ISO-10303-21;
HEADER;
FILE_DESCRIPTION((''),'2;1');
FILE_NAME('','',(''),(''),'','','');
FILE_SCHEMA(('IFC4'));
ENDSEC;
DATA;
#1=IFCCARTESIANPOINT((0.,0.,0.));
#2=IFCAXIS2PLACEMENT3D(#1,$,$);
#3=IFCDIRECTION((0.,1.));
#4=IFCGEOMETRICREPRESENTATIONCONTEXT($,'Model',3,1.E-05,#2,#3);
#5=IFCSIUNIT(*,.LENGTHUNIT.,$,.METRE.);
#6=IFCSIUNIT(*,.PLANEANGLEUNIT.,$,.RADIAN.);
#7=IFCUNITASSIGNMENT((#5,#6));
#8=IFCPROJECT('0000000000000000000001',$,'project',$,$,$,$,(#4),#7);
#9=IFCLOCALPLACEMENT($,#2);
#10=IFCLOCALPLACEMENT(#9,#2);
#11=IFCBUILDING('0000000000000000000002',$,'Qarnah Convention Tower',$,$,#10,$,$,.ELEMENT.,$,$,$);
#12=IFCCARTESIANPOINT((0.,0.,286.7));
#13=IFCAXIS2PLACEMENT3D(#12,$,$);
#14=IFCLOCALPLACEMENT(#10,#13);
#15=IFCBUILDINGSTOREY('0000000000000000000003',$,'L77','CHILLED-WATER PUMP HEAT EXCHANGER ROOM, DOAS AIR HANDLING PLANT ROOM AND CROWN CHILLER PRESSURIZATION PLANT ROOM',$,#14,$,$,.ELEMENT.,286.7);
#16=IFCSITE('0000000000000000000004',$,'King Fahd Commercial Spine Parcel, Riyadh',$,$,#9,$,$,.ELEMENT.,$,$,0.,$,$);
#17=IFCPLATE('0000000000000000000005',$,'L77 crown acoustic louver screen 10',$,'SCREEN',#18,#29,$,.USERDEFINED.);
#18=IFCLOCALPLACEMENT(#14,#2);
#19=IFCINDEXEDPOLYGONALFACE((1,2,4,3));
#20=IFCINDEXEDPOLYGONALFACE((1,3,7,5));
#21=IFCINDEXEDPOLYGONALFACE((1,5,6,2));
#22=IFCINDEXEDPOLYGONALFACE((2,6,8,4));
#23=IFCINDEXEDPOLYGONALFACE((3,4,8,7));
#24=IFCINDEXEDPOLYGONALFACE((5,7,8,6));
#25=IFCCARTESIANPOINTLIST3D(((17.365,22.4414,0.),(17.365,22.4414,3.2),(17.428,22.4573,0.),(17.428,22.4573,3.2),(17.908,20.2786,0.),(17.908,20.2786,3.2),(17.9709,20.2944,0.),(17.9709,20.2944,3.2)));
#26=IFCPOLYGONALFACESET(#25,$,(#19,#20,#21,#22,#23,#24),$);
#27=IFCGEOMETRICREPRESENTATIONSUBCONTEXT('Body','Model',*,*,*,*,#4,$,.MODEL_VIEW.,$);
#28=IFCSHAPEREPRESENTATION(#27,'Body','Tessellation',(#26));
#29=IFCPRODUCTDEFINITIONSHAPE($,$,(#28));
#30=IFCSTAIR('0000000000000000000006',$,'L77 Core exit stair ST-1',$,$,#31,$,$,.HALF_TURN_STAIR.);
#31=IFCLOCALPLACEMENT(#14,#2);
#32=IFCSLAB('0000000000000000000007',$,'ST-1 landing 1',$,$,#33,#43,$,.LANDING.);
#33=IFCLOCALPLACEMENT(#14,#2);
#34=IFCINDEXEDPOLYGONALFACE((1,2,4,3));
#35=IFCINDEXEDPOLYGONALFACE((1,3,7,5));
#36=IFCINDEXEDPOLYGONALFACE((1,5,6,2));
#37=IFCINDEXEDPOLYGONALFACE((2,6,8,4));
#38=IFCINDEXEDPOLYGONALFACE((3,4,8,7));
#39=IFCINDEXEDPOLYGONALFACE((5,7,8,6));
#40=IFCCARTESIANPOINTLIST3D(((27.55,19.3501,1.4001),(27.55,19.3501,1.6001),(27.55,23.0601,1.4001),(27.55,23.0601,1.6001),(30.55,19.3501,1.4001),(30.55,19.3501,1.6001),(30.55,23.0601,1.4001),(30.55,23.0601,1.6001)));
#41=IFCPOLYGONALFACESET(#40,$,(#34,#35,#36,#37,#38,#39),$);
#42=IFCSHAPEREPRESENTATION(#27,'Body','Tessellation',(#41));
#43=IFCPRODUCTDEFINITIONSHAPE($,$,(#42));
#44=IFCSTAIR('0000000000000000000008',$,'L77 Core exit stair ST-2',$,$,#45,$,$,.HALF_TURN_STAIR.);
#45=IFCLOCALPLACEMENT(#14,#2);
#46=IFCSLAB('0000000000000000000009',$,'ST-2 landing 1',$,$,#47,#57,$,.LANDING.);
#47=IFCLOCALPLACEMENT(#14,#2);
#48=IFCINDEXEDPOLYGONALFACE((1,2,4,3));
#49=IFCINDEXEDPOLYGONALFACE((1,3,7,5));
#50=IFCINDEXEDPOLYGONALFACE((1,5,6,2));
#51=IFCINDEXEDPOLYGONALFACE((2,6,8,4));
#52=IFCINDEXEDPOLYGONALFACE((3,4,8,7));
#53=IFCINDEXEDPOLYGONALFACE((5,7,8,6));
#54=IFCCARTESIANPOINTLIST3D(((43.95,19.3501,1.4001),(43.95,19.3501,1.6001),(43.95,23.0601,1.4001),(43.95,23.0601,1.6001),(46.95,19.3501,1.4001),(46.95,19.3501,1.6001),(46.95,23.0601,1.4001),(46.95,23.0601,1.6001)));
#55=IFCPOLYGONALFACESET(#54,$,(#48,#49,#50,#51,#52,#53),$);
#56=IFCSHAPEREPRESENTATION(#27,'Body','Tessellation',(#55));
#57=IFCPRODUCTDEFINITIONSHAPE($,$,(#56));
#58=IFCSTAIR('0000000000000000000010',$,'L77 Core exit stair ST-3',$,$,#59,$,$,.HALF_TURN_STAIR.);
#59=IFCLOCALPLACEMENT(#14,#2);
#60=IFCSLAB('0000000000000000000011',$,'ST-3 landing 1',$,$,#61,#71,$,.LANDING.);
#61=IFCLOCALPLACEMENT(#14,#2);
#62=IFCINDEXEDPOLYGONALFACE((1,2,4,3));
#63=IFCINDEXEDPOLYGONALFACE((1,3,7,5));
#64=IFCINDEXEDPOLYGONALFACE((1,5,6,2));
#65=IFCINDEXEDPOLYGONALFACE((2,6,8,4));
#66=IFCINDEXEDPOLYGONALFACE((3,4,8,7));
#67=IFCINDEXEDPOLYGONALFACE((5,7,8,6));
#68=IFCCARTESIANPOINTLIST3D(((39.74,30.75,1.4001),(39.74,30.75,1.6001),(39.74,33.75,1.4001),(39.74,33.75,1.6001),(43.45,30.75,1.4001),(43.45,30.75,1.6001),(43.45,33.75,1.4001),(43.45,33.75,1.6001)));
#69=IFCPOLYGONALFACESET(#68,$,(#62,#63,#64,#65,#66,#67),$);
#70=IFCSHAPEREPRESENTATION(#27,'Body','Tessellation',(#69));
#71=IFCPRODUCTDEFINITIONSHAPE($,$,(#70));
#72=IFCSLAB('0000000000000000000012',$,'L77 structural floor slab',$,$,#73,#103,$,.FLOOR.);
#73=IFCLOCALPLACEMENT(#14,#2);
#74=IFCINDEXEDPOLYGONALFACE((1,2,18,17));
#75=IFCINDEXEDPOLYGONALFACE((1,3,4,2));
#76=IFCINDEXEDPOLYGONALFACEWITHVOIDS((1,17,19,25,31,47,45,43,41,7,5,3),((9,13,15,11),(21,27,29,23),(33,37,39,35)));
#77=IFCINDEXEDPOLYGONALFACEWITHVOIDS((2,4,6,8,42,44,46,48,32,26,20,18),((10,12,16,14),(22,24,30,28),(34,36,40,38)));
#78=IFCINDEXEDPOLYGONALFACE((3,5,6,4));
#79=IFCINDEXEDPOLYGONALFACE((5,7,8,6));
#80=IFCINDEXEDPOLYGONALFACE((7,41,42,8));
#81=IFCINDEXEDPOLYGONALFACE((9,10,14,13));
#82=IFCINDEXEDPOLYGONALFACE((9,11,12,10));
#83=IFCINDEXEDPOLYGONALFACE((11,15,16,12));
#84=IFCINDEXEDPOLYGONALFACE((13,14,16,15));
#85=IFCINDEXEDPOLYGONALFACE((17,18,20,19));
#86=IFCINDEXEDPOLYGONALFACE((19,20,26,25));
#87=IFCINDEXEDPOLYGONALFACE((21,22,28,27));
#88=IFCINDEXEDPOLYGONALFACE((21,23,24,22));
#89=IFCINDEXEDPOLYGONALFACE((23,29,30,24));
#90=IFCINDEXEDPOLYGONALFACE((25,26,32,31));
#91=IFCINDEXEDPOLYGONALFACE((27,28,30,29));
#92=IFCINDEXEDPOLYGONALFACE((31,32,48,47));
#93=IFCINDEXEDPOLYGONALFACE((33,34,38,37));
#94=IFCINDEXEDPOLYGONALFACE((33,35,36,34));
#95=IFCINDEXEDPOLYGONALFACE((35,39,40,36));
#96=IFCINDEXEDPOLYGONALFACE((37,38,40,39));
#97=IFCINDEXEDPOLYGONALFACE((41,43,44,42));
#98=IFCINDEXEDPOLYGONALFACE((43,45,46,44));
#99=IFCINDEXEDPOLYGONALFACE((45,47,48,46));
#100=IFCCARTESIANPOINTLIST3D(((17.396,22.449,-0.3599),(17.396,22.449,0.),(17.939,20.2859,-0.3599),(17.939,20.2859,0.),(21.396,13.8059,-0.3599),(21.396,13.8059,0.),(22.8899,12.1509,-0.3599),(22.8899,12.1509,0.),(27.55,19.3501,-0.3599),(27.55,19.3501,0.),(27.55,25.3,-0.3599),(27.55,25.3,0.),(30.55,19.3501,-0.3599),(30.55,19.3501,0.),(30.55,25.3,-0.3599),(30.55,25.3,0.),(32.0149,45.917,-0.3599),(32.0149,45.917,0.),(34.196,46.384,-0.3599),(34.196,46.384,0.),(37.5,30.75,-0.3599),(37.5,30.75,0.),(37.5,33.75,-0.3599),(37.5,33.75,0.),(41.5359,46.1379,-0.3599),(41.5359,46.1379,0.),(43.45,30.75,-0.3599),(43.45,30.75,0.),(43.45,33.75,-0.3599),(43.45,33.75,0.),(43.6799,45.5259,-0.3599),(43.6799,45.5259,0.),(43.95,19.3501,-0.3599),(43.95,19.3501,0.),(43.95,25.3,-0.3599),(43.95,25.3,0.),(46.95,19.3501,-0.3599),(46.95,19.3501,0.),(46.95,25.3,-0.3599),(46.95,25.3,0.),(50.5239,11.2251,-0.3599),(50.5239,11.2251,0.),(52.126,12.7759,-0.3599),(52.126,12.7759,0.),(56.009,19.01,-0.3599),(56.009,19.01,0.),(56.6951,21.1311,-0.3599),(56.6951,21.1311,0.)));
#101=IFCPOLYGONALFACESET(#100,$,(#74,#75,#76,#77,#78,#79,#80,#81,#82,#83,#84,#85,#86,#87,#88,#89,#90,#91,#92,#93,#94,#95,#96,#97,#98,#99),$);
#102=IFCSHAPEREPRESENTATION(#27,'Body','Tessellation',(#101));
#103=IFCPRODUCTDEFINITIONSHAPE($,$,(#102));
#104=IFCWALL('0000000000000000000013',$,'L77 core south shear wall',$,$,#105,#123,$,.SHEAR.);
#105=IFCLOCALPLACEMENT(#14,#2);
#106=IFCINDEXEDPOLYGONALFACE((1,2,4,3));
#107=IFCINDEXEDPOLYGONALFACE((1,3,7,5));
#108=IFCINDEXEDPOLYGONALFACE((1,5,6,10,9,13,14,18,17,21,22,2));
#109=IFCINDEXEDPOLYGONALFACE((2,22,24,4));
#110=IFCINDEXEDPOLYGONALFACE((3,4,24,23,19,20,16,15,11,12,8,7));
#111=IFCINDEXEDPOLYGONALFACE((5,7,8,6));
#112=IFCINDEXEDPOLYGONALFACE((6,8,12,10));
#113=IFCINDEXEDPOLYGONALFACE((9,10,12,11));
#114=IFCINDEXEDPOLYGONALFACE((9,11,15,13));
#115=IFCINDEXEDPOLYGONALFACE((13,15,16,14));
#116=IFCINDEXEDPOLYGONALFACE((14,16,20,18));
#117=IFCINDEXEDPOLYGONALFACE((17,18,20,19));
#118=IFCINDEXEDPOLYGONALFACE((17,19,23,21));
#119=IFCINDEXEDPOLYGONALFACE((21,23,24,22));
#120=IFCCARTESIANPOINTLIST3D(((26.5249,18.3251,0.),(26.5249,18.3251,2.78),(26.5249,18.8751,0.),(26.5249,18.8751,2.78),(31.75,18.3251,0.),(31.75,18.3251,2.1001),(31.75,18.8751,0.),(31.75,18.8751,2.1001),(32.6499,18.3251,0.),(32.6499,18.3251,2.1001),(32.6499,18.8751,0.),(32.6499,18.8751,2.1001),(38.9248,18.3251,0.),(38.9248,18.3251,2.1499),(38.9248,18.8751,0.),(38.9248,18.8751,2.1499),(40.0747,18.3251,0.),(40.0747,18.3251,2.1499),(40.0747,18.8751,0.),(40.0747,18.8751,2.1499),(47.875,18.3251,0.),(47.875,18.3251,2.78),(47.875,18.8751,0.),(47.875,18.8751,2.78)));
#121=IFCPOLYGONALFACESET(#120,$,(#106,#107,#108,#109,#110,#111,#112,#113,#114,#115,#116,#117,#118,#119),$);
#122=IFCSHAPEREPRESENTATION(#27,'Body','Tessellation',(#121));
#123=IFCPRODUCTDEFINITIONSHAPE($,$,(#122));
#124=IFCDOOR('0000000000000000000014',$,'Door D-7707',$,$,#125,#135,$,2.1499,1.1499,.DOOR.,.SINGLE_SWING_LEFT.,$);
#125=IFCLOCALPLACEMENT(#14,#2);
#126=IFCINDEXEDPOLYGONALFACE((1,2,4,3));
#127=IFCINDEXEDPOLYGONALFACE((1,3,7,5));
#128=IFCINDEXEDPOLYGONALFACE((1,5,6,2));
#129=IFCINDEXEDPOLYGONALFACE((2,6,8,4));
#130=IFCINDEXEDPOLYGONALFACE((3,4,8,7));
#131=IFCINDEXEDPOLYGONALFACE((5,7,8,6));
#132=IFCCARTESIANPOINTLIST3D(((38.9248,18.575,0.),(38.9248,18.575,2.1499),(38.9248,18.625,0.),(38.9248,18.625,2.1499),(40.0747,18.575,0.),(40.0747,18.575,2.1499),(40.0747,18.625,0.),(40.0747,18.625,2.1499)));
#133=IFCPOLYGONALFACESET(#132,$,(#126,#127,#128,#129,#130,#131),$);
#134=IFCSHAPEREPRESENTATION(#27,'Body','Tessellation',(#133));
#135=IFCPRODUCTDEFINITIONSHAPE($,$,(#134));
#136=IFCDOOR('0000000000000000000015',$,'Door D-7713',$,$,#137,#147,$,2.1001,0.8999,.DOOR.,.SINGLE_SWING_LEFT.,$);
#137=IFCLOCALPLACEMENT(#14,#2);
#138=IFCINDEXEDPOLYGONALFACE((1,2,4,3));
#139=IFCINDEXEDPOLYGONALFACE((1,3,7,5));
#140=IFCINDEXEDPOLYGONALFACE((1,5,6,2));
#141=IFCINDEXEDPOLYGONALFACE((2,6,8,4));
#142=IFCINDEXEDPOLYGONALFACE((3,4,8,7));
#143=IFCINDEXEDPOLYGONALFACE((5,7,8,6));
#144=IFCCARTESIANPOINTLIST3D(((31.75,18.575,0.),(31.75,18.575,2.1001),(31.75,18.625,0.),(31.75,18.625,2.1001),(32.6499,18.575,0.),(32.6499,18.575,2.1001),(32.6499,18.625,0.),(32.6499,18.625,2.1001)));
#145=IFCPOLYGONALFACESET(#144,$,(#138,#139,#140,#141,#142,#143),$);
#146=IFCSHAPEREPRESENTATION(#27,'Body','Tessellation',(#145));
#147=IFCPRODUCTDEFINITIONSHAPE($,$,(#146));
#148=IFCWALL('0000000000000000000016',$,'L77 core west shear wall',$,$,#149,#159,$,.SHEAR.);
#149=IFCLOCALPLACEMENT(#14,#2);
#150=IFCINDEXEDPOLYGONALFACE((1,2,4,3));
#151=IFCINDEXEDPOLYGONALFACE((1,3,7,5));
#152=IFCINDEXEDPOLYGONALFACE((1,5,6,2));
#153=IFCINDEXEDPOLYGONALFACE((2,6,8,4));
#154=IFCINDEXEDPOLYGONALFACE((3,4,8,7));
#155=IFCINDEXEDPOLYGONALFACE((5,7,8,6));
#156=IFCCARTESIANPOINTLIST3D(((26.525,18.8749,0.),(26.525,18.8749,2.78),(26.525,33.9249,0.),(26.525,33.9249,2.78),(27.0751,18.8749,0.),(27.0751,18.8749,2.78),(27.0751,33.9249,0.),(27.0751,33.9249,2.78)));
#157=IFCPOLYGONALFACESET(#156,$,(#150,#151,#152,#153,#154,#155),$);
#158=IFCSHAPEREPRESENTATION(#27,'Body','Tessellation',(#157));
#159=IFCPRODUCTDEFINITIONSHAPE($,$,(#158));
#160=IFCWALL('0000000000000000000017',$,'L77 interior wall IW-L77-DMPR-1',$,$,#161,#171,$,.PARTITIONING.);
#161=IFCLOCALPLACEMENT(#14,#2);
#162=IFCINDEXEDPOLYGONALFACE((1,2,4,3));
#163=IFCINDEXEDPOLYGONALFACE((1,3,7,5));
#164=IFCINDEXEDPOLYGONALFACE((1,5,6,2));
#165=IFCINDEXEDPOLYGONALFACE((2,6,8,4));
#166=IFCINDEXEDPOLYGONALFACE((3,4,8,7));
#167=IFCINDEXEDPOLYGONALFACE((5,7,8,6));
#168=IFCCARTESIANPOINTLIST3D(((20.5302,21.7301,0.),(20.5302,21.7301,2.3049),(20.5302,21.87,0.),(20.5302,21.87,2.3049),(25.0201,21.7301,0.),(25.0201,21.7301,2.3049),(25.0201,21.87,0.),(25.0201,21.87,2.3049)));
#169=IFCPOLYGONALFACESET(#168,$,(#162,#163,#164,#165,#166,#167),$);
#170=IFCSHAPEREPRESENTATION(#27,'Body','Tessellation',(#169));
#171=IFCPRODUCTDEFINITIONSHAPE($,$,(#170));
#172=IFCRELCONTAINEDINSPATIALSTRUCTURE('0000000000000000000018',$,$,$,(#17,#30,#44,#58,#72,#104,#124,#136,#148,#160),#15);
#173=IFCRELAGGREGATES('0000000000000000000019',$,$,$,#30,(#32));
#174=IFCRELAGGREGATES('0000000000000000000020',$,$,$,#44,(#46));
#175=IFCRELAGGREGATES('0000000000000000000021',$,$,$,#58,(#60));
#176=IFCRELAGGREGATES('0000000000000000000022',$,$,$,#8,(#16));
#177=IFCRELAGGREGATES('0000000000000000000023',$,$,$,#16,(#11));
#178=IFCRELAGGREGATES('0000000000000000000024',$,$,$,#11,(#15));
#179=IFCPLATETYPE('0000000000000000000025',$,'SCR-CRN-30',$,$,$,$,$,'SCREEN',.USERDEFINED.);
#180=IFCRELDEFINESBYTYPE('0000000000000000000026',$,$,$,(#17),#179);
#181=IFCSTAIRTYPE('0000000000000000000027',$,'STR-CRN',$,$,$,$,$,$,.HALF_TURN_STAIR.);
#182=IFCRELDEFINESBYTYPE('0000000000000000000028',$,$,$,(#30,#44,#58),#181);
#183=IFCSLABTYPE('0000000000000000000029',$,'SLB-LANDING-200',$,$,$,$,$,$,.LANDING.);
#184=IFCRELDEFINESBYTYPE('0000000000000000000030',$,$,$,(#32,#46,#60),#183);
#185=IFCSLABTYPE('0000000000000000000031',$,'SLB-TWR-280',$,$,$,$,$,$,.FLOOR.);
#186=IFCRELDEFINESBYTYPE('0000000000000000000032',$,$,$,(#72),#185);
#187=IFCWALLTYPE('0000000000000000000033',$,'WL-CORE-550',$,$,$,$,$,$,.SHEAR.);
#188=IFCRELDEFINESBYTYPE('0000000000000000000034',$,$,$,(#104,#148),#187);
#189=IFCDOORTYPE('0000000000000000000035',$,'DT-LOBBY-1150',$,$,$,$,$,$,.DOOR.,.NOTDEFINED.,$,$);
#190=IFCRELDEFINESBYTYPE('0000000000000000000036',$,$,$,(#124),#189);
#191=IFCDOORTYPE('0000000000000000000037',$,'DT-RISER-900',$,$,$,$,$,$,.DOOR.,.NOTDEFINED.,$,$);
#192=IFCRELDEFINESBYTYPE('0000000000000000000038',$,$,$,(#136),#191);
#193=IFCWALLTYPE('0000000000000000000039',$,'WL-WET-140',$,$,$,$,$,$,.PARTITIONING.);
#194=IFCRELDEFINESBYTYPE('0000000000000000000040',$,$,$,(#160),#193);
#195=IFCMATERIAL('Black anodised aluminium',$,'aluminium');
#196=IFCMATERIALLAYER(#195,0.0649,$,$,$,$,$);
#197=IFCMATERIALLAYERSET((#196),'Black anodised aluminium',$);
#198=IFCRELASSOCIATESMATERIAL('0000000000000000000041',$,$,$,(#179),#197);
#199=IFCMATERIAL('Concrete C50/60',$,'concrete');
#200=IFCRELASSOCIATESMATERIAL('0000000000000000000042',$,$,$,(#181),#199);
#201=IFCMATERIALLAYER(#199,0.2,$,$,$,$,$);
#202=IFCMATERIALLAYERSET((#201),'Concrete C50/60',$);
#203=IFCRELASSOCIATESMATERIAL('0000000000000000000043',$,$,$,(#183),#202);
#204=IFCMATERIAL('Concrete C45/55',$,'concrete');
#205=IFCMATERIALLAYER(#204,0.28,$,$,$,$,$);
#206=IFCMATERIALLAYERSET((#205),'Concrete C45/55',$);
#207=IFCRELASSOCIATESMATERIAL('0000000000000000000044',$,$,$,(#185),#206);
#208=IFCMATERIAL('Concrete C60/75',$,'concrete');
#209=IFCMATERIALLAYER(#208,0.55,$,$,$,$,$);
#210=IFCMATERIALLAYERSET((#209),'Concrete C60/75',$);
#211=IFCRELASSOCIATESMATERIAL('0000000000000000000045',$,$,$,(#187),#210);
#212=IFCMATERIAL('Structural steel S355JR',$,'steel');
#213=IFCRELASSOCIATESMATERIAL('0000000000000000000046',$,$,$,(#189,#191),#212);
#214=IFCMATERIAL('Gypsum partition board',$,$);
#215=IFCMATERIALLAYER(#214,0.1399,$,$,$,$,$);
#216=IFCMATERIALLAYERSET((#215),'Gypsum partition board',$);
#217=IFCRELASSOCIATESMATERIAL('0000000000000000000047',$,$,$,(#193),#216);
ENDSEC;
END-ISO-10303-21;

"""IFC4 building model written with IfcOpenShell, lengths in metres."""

from ifc_helpers import new_model, si_unit, direction, frame, frame_2d, origin, origin_2d, place, context, subcontext, project, spatial, polyline, rectangle, outline, extrude, material, layer, layer_set, type_object, element, fill, aggregate, save


model = new_model("IFC4")

# Units and contexts
model_context = context("Model", 3, precision=1e-05, world=origin(), true_north=direction((0.0, 1.0)))
body_context = subcontext(model_context, "Body", "Model", "MODEL_VIEW")
ifc_project = project(units=[si_unit("LENGTHUNIT", "METRE"), si_unit("PLANEANGLEUNIT", "RADIAN")], contexts=[model_context])

# Site, building, storey
site_placement = place(None, origin())
site = spatial("IfcSite", under=ifc_project, at=site_placement, Name="King Fahd Commercial Spine Parcel, Riyadh", CompositionType="ELEMENT", RefElevation=0.0)
building_placement = place(site_placement, origin())
building = spatial("IfcBuilding", under=site, at=building_placement, Name="Qarnah Convention Tower", CompositionType="ELEMENT")
storey_placement = place(building_placement, frame((0.0, 0.0, 286.7)))
storey = spatial("IfcBuildingStorey", under=building, at=storey_placement, Name="L77", Description="CHILLED-WATER PUMP HEAT EXCHANGER ROOM, DOAS AIR HANDLING PLANT ROOM AND CROWN CHILLER PRESSURIZATION PLANT ROOM", CompositionType="ELEMENT", Elevation=286.7)

# Shared definitions
ifc_material_1 = material(Name="Structural steel S355JR", Category="steel")

# Shared definitions
ifc_material_2 = material(Name="Black anodised aluminium", Category="aluminium")

# Plate
ifc_layer_1 = layer(ifc_material_2, 0.0649)
ifc_layer_set_1 = layer_set([ifc_layer_1], Name="Black anodised aluminium")
plate_type_1 = type_object("IfcPlateType", Name="SCR-CRN-30", ElementType="SCREEN", PredefinedType="USERDEFINED", material=ifc_layer_set_1)
plate_1_placement = place(storey_placement, frame((17.668, 21.3679, 0.0), z_axis=(0.0, 0.0, 1.0), x_axis=(-0.243485, 0.969905, 0.0)))
element("IfcPlate", 1, at=plate_1_placement, inside=storey, type_object=plate_type_1, Name="L77 crown acoustic louver screen 10", ObjectType="SCREEN", PredefinedType="USERDEFINED", context=body_context, shape_type="SweptSolid", body=[
    extrude(rectangle(XDim=2.23, YDim=0.0649, at=origin_2d()), origin(), (0.0, 0.0, 1.0), 3.2),
])

# Stairs, slabs
ifc_material_3 = material(Name="Concrete C50/60", Category="concrete")
stair_type = type_object("IfcStairType", Name="STR-CRN", PredefinedType="HALF_TURN_STAIR", material=ifc_material_3)
stair_1_placement = place(storey_placement, origin())
stair_1 = element("IfcStair", 2, at=stair_1_placement, inside=storey, type_object=stair_type, Name="L77 Core exit stair ST-1", PredefinedType="HALF_TURN_STAIR")
ifc_layer_2 = layer(ifc_material_3, 0.2)
ifc_layer_set_2 = layer_set([ifc_layer_2], Name="Concrete C50/60")
slab_type_1 = type_object("IfcSlabType", Name="SLB-LANDING-200", PredefinedType="LANDING", material=ifc_layer_set_2)
slab_1_placement = place(storey_placement, frame((0.0, 0.0, 1.4001)))
slab_1 = element("IfcSlab", 3, at=slab_1_placement, type_object=slab_type_1, Name="ST-1 landing 1", PredefinedType="LANDING", context=body_context, shape_type="SweptSolid", body=[
    extrude(outline(polyline([(27.55, 23.0601), (27.55, 19.3501), (30.55, 19.3501), (30.55, 23.0601), (27.55, 23.0601)])), origin(), (0.0, 0.0, 1.0), 0.2),
])
aggregate(stair_1, [slab_1])
stair_2_placement = place(storey_placement, origin())
stair_2 = element("IfcStair", 4, at=stair_2_placement, inside=storey, type_object=stair_type, Name="L77 Core exit stair ST-2", PredefinedType="HALF_TURN_STAIR")
slab_2_placement = place(storey_placement, frame((0.0, 0.0, 1.4001)))
slab_2 = element("IfcSlab", 5, at=slab_2_placement, type_object=slab_type_1, Name="ST-2 landing 1", PredefinedType="LANDING", context=body_context, shape_type="SweptSolid", body=[
    extrude(outline(polyline([(43.95, 23.0601), (43.95, 19.3501), (46.95, 19.3501), (46.95, 23.0601), (43.95, 23.0601)])), origin(), (0.0, 0.0, 1.0), 0.2),
])
aggregate(stair_2, [slab_2])
stair_3_placement = place(storey_placement, origin())
stair_3 = element("IfcStair", 6, at=stair_3_placement, inside=storey, type_object=stair_type, Name="L77 Core exit stair ST-3", PredefinedType="HALF_TURN_STAIR")
slab_3_placement = place(storey_placement, frame((0.0, 0.0, 1.4001)))
slab_3 = element("IfcSlab", 7, at=slab_3_placement, type_object=slab_type_1, Name="ST-3 landing 1", PredefinedType="LANDING", context=body_context, shape_type="SweptSolid", body=[
    extrude(outline(polyline([(39.74, 30.75), (43.45, 30.75), (43.45, 33.75), (39.74, 33.75), (39.74, 30.75)])), origin(), (0.0, 0.0, 1.0), 0.2),
])
aggregate(stair_3, [slab_3])

# Slab
ifc_material_4 = material(Name="Concrete C45/55", Category="concrete")
ifc_layer_3 = layer(ifc_material_4, 0.28)
ifc_layer_set_3 = layer_set([ifc_layer_3], Name="Concrete C45/55")
slab_type_2 = type_object("IfcSlabType", Name="SLB-TWR-280", PredefinedType="FLOOR", material=ifc_layer_set_3)
slab_4_placement = place(storey_placement, frame((0.0, 0.0, -0.3599)))
element("IfcSlab", 8, at=slab_4_placement, inside=storey, type_object=slab_type_2, Name="L77 structural floor slab", PredefinedType="FLOOR", context=body_context, shape_type="SweptSolid", body=[
    extrude(outline(polyline([(32.0149, 45.917), (17.396, 22.449), (17.939, 20.2859), (21.396, 13.8059), (22.8899, 12.1509), (50.5239, 11.2251), (52.126, 12.7759), (56.009, 19.01), (56.6951, 21.1311), (43.6799, 45.5259), (41.5359, 46.1379), (34.196, 46.384), (32.0149, 45.917)]), holes=[polyline([(27.55, 25.3), (27.55, 19.3501), (30.55, 19.3501), (30.55, 25.3), (27.55, 25.3)]), polyline([(43.95, 25.3), (43.95, 19.3501), (46.95, 19.3501), (46.95, 25.3), (43.95, 25.3)]), polyline([(37.5, 30.75), (43.45, 30.75), (43.45, 33.75), (37.5, 33.75), (37.5, 30.75)])]), origin(), (0.0, 0.0, 1.0), 0.3599),
])

# Wall, openings, doors
ifc_material_5 = material(Name="Concrete C60/75", Category="concrete")
ifc_layer_4 = layer(ifc_material_5, 0.55)
ifc_layer_set_4 = layer_set([ifc_layer_4], Name="Concrete C60/75")
wall_type_1 = type_object("IfcWallType", Name="WL-CORE-550", PredefinedType="SHEAR", material=ifc_layer_set_4)
wall_1_placement = place(storey_placement, frame((26.5249, 18.6001, 0.0), z_axis=(0.0, 0.0, 1.0), x_axis=(1.0, 0.0, 0.0)))
wall_1 = element("IfcWall", 9, at=wall_1_placement, inside=storey, type_object=wall_type_1, Name="L77 core south shear wall", PredefinedType="SHEAR", context=body_context, shape_type="SweptSolid", body=[
    extrude(rectangle(XDim=21.3501, YDim=0.55, at=frame_2d((10.675, 0.0))), origin(), (0.0, 0.0, 1.0), 2.78),
])
opening_1_placement = place(wall_1_placement, frame((12.3999, 0.0, 0.0)))
opening_1 = element("IfcOpeningElement", 10, at=opening_1_placement, cuts=wall_1, PredefinedType="OPENING", context=body_context, shape_type="SweptSolid", body=[
    extrude(rectangle(XDim=1.1499, YDim=2.1499, at=frame_2d((0.575, 1.075))), frame((0.0, 0.2849, 0.0), z_axis=(0.0, -1.0, 0.0), x_axis=(1.0, 0.0, 0.0)), (0.0, 0.0, 1.0), 0.5701),
])
opening_2_placement = place(wall_1_placement, frame((5.2251, 0.0, 0.0)))
opening_2 = element("IfcOpeningElement", 11, at=opening_2_placement, cuts=wall_1, PredefinedType="OPENING", context=body_context, shape_type="SweptSolid", body=[
    extrude(rectangle(XDim=0.8999, YDim=2.1001, at=frame_2d((0.45, 1.05))), frame((0.0, 0.2849, 0.0), z_axis=(0.0, -1.0, 0.0), x_axis=(1.0, 0.0, 0.0)), (0.0, 0.0, 1.0), 0.5701),
])
door_type_1 = type_object("IfcDoorType", Name="DT-LOBBY-1150", OperationType="NOTDEFINED", PredefinedType="DOOR", material=ifc_material_1)
door_1_placement = place(opening_1_placement, origin())
door_1 = element("IfcDoor", 12, at=door_1_placement, inside=storey, type_object=door_type_1, Name="Door D-7707", OperationType="SINGLE_SWING_LEFT", OverallHeight=2.1499, OverallWidth=1.1499, PredefinedType="DOOR", context=body_context, shape_type="SweptSolid", body=[
    extrude(rectangle(XDim=1.1499, YDim=2.1499, at=frame_2d((0.575, 1.075))), frame((0.0, 0.0249, 0.0), z_axis=(0.0, -1.0, 0.0), x_axis=(1.0, 0.0, 0.0)), (0.0, 0.0, 1.0), 0.05),
])
fill(opening_1, door_1)
door_type_2 = type_object("IfcDoorType", Name="DT-RISER-900", OperationType="NOTDEFINED", PredefinedType="DOOR", material=ifc_material_1)
door_2_placement = place(opening_2_placement, origin())
door_2 = element("IfcDoor", 13, at=door_2_placement, inside=storey, type_object=door_type_2, Name="Door D-7713", OperationType="SINGLE_SWING_LEFT", OverallHeight=2.1001, OverallWidth=0.8999, PredefinedType="DOOR", context=body_context, shape_type="SweptSolid", body=[
    extrude(rectangle(XDim=0.8999, YDim=2.1001, at=frame_2d((0.45, 1.05))), frame((0.0, 0.0249, 0.0), z_axis=(0.0, -1.0, 0.0), x_axis=(1.0, 0.0, 0.0)), (0.0, 0.0, 1.0), 0.05),
])
fill(opening_2, door_2)

# Walls
wall_2_placement = place(storey_placement, frame((26.8, 18.875, 0.0), z_axis=(0.0, 0.0, 1.0), x_axis=(0.0, 1.0, 0.0)))
element("IfcWall", 14, at=wall_2_placement, inside=storey, type_object=wall_type_1, Name="L77 core west shear wall", PredefinedType="SHEAR", context=body_context, shape_type="SweptSolid", body=[
    extrude(rectangle(XDim=15.05, YDim=0.55, at=frame_2d((7.5249, 0.0))), origin(), (0.0, 0.0, 1.0), 2.78),
])
ifc_material_6 = material(Name="Gypsum partition board")
ifc_layer_5 = layer(ifc_material_6, 0.1399)
ifc_layer_set_5 = layer_set([ifc_layer_5], Name="Gypsum partition board")
wall_type_2 = type_object("IfcWallType", Name="WL-WET-140", PredefinedType="PARTITIONING", material=ifc_layer_set_5)
wall_3_placement = place(storey_placement, frame((20.53, 21.8, 0.0), z_axis=(0.0, 0.0, 1.0), x_axis=(1.0, 0.0, 0.0)))
element("IfcWall", 15, at=wall_3_placement, inside=storey, type_object=wall_type_2, Name="L77 interior wall IW-L77-DMPR-1", PredefinedType="PARTITIONING", context=body_context, shape_type="SweptSolid", body=[
    extrude(rectangle(XDim=4.49, YDim=0.1399, at=frame_2d((2.2451, 0.0))), origin(), (0.0, 0.0, 1.0), 2.3049),
])

save(model, "model.ifc")
